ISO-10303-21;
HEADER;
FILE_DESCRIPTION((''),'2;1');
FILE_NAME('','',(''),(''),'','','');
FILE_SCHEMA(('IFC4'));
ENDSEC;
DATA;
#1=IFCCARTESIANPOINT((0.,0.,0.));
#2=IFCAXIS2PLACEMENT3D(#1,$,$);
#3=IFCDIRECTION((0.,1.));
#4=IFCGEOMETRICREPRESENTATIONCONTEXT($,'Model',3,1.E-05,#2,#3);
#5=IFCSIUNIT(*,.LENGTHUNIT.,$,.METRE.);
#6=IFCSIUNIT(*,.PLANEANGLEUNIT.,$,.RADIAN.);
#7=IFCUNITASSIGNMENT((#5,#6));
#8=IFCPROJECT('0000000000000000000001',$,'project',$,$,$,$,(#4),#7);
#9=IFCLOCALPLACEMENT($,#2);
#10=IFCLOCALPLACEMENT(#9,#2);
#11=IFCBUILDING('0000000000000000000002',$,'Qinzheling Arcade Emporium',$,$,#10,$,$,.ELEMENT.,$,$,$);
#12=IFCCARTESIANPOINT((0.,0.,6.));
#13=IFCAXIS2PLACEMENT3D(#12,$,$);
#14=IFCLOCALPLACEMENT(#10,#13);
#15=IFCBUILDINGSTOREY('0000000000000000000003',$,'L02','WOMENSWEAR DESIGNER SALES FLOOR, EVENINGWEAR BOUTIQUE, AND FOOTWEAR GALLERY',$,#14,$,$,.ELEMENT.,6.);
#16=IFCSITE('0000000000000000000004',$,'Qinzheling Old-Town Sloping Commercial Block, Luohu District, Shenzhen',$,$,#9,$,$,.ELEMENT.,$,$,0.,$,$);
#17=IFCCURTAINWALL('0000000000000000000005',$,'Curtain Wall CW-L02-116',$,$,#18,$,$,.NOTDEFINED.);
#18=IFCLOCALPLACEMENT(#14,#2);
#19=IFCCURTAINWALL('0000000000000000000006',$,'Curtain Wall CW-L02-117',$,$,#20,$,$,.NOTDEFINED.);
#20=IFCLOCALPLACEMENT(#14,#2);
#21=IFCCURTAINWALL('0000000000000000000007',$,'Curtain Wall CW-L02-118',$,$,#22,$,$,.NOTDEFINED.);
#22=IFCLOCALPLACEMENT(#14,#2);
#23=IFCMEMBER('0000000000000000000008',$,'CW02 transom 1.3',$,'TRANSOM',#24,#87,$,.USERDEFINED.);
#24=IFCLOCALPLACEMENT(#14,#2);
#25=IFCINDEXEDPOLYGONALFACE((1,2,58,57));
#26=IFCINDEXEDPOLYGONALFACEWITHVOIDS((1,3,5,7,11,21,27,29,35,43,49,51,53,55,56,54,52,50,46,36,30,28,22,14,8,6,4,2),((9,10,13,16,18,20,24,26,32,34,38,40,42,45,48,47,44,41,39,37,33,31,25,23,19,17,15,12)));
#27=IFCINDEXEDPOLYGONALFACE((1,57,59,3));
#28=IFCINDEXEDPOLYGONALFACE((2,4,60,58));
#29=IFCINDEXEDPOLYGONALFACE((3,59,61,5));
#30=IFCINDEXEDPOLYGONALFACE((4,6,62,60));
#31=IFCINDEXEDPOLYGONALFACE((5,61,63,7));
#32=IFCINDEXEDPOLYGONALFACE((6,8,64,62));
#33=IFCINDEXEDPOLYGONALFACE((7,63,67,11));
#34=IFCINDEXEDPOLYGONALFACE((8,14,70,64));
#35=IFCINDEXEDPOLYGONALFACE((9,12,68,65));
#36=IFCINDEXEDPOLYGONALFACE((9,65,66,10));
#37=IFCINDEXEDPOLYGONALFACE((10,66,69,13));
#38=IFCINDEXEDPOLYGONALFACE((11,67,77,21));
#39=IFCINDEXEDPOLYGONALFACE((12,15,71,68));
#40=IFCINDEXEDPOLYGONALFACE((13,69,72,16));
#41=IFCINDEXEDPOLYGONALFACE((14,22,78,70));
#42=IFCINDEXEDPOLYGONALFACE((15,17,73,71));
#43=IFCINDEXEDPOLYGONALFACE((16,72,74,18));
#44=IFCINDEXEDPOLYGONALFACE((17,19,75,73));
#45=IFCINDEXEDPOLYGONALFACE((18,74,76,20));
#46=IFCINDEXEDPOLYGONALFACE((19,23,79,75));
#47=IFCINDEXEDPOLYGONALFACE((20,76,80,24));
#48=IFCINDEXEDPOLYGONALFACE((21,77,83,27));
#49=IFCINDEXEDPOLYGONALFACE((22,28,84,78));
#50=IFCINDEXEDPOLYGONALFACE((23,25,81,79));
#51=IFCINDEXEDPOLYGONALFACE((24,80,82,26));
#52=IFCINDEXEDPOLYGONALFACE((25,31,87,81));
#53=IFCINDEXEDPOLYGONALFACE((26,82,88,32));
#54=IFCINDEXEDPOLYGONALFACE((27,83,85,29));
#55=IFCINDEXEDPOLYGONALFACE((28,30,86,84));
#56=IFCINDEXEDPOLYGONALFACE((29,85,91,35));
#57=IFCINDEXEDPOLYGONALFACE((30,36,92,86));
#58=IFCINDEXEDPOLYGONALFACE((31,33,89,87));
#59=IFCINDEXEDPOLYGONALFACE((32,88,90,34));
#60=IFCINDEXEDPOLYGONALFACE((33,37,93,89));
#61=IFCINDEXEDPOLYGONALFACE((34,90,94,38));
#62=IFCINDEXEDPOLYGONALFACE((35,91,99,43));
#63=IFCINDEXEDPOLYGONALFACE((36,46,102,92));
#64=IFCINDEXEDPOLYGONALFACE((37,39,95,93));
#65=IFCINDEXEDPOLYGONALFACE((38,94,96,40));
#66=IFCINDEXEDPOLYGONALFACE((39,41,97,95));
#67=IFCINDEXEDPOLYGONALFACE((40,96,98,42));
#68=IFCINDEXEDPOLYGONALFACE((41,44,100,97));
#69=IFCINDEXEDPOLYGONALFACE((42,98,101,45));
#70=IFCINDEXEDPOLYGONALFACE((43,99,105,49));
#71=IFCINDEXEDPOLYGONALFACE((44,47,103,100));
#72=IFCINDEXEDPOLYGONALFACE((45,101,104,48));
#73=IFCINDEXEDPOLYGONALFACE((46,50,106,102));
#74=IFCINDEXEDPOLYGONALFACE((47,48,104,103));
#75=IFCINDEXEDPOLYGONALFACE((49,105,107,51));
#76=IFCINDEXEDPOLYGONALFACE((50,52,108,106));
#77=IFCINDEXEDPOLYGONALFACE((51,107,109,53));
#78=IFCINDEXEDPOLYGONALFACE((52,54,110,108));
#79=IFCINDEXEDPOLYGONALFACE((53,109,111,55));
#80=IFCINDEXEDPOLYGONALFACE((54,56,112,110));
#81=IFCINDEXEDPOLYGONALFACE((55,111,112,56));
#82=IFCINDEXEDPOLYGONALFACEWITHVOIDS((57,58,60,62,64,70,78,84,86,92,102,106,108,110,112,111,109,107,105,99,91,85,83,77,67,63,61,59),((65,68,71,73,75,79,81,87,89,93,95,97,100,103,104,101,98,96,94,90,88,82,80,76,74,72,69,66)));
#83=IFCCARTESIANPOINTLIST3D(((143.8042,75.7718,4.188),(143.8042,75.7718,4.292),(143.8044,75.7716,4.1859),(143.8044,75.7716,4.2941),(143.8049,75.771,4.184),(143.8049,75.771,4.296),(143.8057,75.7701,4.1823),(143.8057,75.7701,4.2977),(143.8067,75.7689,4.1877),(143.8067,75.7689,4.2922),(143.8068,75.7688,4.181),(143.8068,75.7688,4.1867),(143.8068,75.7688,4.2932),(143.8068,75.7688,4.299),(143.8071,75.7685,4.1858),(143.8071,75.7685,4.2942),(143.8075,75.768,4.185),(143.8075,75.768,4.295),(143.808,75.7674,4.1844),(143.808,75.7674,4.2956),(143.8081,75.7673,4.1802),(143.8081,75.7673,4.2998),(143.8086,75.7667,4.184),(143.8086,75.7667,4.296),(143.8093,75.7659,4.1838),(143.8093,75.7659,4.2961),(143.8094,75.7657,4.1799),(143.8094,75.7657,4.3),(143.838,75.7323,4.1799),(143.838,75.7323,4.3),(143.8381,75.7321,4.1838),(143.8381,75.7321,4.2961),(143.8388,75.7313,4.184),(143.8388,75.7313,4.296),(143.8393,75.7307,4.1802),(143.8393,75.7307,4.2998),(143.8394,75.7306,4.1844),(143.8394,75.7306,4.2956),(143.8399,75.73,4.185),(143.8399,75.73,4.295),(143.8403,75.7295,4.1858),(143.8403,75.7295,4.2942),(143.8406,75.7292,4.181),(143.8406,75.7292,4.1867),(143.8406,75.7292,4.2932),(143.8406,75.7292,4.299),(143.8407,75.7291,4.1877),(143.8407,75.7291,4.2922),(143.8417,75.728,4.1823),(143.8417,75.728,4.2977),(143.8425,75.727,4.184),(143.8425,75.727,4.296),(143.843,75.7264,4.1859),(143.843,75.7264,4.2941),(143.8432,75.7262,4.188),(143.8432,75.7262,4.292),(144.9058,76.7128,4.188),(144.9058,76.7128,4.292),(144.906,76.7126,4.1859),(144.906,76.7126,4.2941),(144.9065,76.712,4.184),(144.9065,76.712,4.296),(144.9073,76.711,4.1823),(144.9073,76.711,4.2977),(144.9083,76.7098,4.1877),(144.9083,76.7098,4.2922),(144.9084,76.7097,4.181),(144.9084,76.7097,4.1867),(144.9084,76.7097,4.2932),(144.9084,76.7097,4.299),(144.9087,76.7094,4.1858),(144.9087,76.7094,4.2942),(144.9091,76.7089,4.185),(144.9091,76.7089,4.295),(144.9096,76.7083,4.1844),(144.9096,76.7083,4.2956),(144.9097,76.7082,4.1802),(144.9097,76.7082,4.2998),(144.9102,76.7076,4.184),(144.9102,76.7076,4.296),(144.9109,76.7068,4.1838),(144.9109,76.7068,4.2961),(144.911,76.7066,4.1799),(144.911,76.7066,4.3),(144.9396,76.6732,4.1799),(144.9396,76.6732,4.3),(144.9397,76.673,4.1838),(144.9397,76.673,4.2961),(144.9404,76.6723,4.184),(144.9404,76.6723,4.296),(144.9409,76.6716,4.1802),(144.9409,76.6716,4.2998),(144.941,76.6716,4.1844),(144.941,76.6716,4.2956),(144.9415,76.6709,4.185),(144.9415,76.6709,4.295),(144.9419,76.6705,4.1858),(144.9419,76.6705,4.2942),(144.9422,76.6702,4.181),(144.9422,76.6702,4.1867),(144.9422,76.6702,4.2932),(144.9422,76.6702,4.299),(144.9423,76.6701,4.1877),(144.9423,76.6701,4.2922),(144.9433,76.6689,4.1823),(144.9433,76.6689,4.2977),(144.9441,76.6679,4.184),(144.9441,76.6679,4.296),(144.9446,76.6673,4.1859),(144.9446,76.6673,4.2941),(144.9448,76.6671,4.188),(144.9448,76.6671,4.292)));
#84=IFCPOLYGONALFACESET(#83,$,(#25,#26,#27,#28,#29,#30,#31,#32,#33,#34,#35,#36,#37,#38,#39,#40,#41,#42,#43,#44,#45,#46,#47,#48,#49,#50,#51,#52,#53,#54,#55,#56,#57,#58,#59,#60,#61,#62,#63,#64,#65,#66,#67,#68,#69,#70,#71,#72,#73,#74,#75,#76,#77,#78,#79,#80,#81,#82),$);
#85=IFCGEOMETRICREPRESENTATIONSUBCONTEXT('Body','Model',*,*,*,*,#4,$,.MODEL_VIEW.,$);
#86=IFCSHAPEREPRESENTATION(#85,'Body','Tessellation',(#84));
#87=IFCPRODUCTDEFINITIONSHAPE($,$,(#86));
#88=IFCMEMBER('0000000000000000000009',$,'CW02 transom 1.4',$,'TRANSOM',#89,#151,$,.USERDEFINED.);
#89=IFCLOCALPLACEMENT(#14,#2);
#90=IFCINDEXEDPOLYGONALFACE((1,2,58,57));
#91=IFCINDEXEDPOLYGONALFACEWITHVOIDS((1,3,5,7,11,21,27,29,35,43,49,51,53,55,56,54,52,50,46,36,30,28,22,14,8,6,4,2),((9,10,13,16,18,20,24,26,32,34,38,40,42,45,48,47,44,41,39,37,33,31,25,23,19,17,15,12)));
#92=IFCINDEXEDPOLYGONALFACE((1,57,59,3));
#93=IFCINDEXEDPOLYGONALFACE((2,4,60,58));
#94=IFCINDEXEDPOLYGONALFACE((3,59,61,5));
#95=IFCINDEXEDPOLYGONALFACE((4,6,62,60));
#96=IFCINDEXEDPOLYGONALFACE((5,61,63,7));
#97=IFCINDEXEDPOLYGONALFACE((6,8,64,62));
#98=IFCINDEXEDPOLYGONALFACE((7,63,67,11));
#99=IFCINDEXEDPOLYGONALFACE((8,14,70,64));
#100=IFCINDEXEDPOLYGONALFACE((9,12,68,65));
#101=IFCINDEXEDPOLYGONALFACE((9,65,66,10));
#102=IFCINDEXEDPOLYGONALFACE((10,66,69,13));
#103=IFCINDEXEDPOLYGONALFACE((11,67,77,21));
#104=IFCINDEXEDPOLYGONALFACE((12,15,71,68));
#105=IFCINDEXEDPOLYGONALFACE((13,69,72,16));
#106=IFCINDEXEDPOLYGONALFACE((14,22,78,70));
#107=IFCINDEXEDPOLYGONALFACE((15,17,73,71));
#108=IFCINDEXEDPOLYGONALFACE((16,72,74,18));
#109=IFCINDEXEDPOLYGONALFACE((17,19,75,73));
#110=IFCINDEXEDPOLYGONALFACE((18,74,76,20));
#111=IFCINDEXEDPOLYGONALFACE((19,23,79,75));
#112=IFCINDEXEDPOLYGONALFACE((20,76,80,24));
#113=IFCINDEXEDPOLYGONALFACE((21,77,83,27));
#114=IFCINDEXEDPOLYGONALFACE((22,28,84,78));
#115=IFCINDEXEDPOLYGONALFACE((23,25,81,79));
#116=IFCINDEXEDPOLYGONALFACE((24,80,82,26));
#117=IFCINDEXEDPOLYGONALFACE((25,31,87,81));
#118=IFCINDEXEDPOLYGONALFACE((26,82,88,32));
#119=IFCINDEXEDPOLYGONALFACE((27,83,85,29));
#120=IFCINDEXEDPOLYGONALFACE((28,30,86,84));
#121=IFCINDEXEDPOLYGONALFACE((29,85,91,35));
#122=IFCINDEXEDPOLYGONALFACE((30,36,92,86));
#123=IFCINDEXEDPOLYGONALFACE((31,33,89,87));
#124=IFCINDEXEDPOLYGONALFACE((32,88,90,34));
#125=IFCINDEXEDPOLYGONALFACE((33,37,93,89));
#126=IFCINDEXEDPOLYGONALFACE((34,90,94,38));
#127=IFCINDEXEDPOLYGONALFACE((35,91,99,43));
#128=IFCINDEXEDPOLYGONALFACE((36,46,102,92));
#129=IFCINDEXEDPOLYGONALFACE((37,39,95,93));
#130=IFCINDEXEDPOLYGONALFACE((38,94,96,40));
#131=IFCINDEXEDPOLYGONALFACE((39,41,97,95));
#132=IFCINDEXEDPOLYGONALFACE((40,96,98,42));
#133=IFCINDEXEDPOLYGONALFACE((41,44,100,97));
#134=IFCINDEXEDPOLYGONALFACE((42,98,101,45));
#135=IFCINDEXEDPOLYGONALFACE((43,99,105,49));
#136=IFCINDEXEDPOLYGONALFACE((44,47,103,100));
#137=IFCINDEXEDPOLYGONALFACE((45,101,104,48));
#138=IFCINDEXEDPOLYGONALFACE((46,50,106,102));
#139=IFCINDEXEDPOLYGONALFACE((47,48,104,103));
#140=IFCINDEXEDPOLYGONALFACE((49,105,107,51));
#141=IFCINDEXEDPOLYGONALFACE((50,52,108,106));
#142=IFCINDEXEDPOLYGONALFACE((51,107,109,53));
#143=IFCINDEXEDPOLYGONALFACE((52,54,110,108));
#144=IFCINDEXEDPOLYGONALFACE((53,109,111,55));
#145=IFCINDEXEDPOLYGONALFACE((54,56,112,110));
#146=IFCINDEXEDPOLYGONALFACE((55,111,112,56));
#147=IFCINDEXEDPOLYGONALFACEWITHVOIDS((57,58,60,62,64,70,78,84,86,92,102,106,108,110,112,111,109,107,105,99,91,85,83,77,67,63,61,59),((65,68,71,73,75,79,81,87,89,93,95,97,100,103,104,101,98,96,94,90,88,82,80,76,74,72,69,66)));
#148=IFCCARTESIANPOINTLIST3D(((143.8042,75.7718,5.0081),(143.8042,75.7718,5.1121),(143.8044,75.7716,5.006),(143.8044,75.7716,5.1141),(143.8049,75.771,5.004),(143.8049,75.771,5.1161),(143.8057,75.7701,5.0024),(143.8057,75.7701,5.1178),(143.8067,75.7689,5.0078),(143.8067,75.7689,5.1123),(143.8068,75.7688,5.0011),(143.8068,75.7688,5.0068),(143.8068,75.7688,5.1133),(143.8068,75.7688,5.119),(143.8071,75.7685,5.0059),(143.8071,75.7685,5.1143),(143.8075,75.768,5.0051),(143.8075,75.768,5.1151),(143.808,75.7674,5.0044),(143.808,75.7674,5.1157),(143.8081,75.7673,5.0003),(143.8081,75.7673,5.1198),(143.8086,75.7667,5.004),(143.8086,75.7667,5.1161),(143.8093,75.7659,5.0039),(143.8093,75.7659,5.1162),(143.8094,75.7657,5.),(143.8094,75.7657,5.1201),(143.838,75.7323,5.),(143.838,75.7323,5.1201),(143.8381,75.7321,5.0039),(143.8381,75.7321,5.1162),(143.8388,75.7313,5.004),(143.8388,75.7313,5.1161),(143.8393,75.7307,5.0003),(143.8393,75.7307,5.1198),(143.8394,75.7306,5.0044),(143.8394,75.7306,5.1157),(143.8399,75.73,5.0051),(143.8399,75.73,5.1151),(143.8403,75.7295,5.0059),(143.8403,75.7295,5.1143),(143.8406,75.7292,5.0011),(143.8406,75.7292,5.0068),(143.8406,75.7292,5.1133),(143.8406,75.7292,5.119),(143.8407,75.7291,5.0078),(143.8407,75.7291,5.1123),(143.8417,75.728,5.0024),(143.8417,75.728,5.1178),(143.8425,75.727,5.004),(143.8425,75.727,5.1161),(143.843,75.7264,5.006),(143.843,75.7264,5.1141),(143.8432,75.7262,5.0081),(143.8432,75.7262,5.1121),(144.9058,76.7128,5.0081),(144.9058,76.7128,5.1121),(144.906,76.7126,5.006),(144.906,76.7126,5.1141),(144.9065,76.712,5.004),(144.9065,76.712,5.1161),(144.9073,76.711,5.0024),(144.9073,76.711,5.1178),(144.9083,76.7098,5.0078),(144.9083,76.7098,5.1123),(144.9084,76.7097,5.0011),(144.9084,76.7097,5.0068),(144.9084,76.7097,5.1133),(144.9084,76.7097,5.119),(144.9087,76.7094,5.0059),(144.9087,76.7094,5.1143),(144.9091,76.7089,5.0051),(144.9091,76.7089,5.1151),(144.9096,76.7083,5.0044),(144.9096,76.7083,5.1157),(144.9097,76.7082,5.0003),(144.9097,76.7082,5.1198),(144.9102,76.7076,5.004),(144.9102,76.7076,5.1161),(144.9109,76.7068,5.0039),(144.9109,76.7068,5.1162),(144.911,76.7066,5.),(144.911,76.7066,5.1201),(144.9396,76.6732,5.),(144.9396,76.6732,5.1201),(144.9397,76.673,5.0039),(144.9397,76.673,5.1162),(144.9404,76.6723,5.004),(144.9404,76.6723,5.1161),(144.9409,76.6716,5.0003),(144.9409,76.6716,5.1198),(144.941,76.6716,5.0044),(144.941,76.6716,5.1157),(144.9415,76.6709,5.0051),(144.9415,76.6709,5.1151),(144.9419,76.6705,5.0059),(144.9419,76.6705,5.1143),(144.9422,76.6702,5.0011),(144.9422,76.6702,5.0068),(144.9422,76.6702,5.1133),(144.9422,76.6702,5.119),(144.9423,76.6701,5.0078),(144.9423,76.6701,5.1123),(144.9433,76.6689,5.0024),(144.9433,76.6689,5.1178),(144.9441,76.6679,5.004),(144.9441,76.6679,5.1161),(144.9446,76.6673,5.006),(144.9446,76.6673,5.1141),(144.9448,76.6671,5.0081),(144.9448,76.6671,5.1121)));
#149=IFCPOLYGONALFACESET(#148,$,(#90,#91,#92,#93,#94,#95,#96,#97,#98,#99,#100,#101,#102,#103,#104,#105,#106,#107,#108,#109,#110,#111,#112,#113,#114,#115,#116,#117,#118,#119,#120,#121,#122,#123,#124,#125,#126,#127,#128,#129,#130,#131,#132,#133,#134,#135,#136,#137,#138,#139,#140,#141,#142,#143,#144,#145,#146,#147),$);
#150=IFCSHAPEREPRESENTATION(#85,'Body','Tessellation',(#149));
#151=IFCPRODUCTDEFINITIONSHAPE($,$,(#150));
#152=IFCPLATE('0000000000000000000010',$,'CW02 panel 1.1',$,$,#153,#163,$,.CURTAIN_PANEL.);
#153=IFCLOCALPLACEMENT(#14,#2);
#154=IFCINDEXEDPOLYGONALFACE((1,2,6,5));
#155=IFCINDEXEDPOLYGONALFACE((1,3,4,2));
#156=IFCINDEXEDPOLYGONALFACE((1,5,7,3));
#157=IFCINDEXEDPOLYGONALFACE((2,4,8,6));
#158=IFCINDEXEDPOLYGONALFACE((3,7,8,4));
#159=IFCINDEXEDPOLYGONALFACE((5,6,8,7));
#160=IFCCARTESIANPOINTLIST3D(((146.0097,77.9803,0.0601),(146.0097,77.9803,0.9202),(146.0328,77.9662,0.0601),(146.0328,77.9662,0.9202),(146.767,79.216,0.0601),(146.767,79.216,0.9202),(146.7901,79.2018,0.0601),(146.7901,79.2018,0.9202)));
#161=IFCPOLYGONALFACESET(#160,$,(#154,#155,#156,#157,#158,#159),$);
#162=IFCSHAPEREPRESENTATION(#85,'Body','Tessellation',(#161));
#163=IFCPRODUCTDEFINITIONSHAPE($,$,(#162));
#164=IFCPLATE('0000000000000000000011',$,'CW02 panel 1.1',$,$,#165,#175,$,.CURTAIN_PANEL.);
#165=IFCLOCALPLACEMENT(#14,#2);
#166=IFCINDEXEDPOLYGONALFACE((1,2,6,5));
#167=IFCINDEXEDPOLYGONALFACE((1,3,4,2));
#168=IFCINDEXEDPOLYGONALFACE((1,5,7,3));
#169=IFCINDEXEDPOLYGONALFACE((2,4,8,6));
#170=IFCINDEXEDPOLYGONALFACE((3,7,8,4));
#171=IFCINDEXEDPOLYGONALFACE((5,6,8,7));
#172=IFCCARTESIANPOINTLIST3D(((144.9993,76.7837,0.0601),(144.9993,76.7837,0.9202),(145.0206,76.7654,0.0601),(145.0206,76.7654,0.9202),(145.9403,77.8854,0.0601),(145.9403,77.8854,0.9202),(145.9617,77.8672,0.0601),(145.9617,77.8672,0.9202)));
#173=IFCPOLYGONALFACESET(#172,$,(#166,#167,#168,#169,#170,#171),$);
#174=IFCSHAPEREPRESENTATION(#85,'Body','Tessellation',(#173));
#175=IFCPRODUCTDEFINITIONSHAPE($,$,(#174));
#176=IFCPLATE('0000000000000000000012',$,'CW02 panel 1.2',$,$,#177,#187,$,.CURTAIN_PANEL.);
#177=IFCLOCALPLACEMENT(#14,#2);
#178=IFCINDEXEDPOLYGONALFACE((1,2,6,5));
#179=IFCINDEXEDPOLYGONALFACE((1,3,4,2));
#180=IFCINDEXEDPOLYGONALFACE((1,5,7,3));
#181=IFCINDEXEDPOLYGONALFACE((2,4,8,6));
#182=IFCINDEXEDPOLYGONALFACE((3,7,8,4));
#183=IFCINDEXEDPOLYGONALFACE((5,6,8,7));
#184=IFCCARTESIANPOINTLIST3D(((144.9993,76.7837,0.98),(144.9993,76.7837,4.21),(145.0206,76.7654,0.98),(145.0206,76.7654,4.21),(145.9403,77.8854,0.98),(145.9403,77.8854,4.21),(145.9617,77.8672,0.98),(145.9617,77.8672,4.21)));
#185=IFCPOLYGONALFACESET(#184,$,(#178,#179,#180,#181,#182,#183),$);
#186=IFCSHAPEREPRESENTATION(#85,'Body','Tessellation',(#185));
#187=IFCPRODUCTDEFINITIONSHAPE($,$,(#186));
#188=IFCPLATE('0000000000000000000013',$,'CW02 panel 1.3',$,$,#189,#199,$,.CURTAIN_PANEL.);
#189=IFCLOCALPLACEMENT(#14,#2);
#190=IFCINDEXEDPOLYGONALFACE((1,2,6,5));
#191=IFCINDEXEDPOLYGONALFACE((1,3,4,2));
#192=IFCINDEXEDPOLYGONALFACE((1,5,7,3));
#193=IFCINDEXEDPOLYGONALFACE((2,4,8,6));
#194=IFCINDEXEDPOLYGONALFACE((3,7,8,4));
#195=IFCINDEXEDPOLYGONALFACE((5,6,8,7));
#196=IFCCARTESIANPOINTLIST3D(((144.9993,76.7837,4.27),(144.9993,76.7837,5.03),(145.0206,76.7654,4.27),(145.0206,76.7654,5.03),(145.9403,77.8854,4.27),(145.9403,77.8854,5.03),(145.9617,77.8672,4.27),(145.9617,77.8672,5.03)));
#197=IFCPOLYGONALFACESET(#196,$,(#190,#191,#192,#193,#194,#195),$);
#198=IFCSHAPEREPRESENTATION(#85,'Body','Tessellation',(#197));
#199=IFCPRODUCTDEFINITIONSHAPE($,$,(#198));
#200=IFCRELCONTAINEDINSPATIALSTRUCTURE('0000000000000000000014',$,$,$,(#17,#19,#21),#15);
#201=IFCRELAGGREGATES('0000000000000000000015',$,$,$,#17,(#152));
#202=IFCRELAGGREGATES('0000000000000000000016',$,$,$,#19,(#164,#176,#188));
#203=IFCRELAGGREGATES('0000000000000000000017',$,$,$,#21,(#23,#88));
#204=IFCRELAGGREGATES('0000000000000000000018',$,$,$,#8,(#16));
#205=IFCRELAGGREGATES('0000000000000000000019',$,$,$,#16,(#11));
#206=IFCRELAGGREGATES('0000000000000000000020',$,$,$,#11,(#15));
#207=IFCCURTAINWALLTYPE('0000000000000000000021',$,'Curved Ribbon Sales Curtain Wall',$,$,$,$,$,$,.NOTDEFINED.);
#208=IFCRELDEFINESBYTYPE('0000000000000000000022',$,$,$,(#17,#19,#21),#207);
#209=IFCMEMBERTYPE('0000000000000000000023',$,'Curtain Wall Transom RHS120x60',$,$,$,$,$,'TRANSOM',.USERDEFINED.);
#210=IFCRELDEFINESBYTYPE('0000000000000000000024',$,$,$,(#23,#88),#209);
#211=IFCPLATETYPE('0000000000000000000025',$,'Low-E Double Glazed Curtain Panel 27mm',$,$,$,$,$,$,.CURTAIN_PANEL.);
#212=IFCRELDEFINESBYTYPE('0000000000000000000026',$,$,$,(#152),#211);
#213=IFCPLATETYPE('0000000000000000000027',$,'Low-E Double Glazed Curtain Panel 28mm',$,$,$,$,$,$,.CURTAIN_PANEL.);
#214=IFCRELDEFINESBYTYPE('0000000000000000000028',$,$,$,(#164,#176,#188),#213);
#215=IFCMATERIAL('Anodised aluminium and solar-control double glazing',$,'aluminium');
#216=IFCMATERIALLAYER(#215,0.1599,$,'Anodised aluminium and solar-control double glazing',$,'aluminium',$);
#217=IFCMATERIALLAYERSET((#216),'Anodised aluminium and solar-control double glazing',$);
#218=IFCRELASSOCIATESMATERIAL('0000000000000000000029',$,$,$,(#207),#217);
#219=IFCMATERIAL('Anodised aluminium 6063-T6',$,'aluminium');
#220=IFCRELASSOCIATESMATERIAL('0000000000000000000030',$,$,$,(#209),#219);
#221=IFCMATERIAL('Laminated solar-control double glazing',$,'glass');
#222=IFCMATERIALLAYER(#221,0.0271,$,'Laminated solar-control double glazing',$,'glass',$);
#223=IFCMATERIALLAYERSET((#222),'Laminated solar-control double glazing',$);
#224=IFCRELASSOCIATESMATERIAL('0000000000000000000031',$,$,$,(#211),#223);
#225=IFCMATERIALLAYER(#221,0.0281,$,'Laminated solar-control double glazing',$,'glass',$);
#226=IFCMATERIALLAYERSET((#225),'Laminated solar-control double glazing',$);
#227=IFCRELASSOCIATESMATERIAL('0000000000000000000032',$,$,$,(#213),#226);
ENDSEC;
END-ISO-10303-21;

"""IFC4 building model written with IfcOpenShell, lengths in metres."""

from ifc_helpers import new_model, si_unit, direction, frame, origin, origin_2d, place, context, subcontext, project, spatial, rectangle, hollow_rectangle, extrude, material, layer, layer_set, material_profile, profile_set, type_object, element, aggregate, save


model = new_model("IFC4")

# Units and contexts
model_context = context("Model", 3, precision=1e-05, world=origin(), true_north=direction((0.0, 1.0)))
body_context = subcontext(model_context, "Body", "Model", "MODEL_VIEW")
ifc_project = project(units=[si_unit("LENGTHUNIT", "METRE"), si_unit("PLANEANGLEUNIT", "RADIAN")], contexts=[model_context])

# Site, building, storey
site_placement = place(None, origin())
site = spatial("IfcSite", under=ifc_project, at=site_placement, Name="Qinzheling Old-Town Sloping Commercial Block, Luohu District, Shenzhen", CompositionType="ELEMENT", RefElevation=0.0)
building_placement = place(site_placement, origin())
building = spatial("IfcBuilding", under=site, at=building_placement, Name="Qinzheling Arcade Emporium", CompositionType="ELEMENT")
storey_placement = place(building_placement, frame((0.0, 0.0, 6.0)))
storey = spatial("IfcBuildingStorey", under=building, at=storey_placement, Name="L02", Description="WOMENSWEAR DESIGNER SALES FLOOR, EVENINGWEAR BOUTIQUE, AND FOOTWEAR GALLERY", CompositionType="ELEMENT", Elevation=6.0)

# Curtain wall
ifc_material_1 = material(Name="Anodised aluminium and solar-control double glazing", Category="aluminium")
ifc_layer_1 = layer(ifc_material_1, 0.1599, Name="Anodised aluminium and solar-control double glazing", Category="aluminium")
ifc_layer_set_1 = layer_set([ifc_layer_1], Name="Anodised aluminium and solar-control double glazing")
curtain_wall_type = type_object("IfcCurtainWallType", Name="Curved Ribbon Sales Curtain Wall", PredefinedType="NOTDEFINED", material=ifc_layer_set_1)
curtain_wall_1_placement = place(storey_placement, origin())
curtain_wall_1 = element("IfcCurtainWall", 1, at=curtain_wall_1_placement, inside=storey, type_object=curtain_wall_type, Name="Curtain Wall CW-L02-116", PredefinedType="NOTDEFINED")
ifc_material_2 = material(Name="Anodised aluminium 6063-T6", Category="aluminium")

# Curtain walls
curtain_wall_2_placement = place(storey_placement, origin())
curtain_wall_2 = element("IfcCurtainWall", 2, at=curtain_wall_2_placement, inside=storey, type_object=curtain_wall_type, Name="Curtain Wall CW-L02-117", PredefinedType="NOTDEFINED")
curtain_wall_3_placement = place(storey_placement, origin())
curtain_wall_3 = element("IfcCurtainWall", 3, at=curtain_wall_3_placement, inside=storey, type_object=curtain_wall_type, Name="Curtain Wall CW-L02-118", PredefinedType="NOTDEFINED")

# Members
ifc_material_profile_1 = material_profile(ifc_material_2, hollow_rectangle(XDim=0.0601, YDim=0.1201, WallThickness=0.0039, InnerFilletRadius=0.0039, OuterFilletRadius=0.0081, at=origin_2d()), Name="RHS 120x60x4", Category="aluminium")
ifc_profile_set_1 = profile_set([ifc_material_profile_1], Name="Anodised aluminium 6063-T6")
member_type_1 = type_object("IfcMemberType", Name="Curtain Wall Transom RHS120x60", ElementType="TRANSOM", PredefinedType="USERDEFINED", material=ifc_profile_set_1)
member_1_placement = place(storey_placement, frame((144.9253, 76.6899, 4.24), z_axis=(-0.760374, -0.649486, 0.0), x_axis=(0.649486, -0.760374, 0.0)))
member_1 = element("IfcMember", 4, at=member_1_placement, type_object=member_type_1, Name="CW02 transom 1.3", ObjectType="TRANSOM", PredefinedType="USERDEFINED", context=body_context, shape_type="SweptSolid", body=[
    extrude(hollow_rectangle(XDim=0.0601, YDim=0.1201, WallThickness=0.0039, InnerFilletRadius=0.0039, OuterFilletRadius=0.0081, at=origin_2d()), origin(), (0.0, 0.0, 1.0), 1.4487),
])
member_2_placement = place(storey_placement, frame((144.9253, 76.6899, 5.0601), z_axis=(-0.760374, -0.649486, 0.0), x_axis=(0.649486, -0.760374, 0.0)))
member_2 = element("IfcMember", 5, at=member_2_placement, type_object=member_type_1, Name="CW02 transom 1.4", ObjectType="TRANSOM", PredefinedType="USERDEFINED", context=body_context, shape_type="SweptSolid", body=[
    extrude(hollow_rectangle(XDim=0.0601, YDim=0.1201, WallThickness=0.0039, InnerFilletRadius=0.0039, OuterFilletRadius=0.0081, at=origin_2d()), origin(), (0.0, 0.0, 1.0), 1.4487),
])

# Plates
ifc_material_3 = material(Name="Laminated solar-control double glazing", Category="glass")
ifc_layer_2 = layer(ifc_material_3, 0.0271, Name="Laminated solar-control double glazing", Category="glass")
ifc_layer_set_2 = layer_set([ifc_layer_2], Name="Laminated solar-control double glazing")
plate_type_1 = type_object("IfcPlateType", Name="Low-E Double Glazed Curtain Panel 27mm", PredefinedType="CURTAIN_PANEL", material=ifc_layer_set_2)
plate_1_placement = place(storey_placement, frame((146.3999, 78.5911, 0.0601), z_axis=(0.0, 0.0, 1.0), x_axis=(-0.522532, -0.85262, 0.0)))
plate_1 = element("IfcPlate", 6, at=plate_1_placement, type_object=plate_type_1, Name="CW02 panel 1.1", PredefinedType="CURTAIN_PANEL", context=body_context, shape_type="SweptSolid", body=[
    extrude(rectangle(XDim=1.4492, YDim=0.0271, at=origin_2d()), origin(), (0.0, 0.0, 1.0), 0.8601),
])
aggregate(curtain_wall_1, [plate_1])
ifc_layer_3 = layer(ifc_material_3, 0.0281, Name="Laminated solar-control double glazing", Category="glass")
ifc_layer_set_3 = layer_set([ifc_layer_3], Name="Laminated solar-control double glazing")
plate_type_2 = type_object("IfcPlateType", Name="Low-E Double Glazed Curtain Panel 28mm", PredefinedType="CURTAIN_PANEL", material=ifc_layer_set_3)
plate_2_placement = place(storey_placement, frame((145.4805, 77.3254, 0.0601), z_axis=(0.0, 0.0, 1.0), x_axis=(-0.649478, -0.76038, 0.0)))
plate_2 = element("IfcPlate", 7, at=plate_2_placement, type_object=plate_type_2, Name="CW02 panel 1.1", PredefinedType="CURTAIN_PANEL", context=body_context, shape_type="SweptSolid", body=[
    extrude(rectangle(XDim=1.449, YDim=0.0281, at=origin_2d()), origin(), (0.0, 0.0, 1.0), 0.8601),
])
plate_3_placement = place(storey_placement, frame((145.4805, 77.3254, 0.98), z_axis=(0.0, 0.0, 1.0), x_axis=(-0.649478, -0.76038, 0.0)))
plate_3 = element("IfcPlate", 8, at=plate_3_placement, type_object=plate_type_2, Name="CW02 panel 1.2", PredefinedType="CURTAIN_PANEL", context=body_context, shape_type="SweptSolid", body=[
    extrude(rectangle(XDim=1.449, YDim=0.0281, at=origin_2d()), origin(), (0.0, 0.0, 1.0), 3.23),
])
plate_4_placement = place(storey_placement, frame((145.4805, 77.3254, 4.27), z_axis=(0.0, 0.0, 1.0), x_axis=(-0.649478, -0.76038, 0.0)))
plate_4 = element("IfcPlate", 9, at=plate_4_placement, type_object=plate_type_2, Name="CW02 panel 1.3", PredefinedType="CURTAIN_PANEL", context=body_context, shape_type="SweptSolid", body=[
    extrude(rectangle(XDim=1.449, YDim=0.0281, at=origin_2d()), origin(), (0.0, 0.0, 1.0), 0.76),
])
aggregate(curtain_wall_2, [plate_2, plate_3, plate_4])
aggregate(curtain_wall_3, [member_1, member_2])

save(model, "model.ifc")
